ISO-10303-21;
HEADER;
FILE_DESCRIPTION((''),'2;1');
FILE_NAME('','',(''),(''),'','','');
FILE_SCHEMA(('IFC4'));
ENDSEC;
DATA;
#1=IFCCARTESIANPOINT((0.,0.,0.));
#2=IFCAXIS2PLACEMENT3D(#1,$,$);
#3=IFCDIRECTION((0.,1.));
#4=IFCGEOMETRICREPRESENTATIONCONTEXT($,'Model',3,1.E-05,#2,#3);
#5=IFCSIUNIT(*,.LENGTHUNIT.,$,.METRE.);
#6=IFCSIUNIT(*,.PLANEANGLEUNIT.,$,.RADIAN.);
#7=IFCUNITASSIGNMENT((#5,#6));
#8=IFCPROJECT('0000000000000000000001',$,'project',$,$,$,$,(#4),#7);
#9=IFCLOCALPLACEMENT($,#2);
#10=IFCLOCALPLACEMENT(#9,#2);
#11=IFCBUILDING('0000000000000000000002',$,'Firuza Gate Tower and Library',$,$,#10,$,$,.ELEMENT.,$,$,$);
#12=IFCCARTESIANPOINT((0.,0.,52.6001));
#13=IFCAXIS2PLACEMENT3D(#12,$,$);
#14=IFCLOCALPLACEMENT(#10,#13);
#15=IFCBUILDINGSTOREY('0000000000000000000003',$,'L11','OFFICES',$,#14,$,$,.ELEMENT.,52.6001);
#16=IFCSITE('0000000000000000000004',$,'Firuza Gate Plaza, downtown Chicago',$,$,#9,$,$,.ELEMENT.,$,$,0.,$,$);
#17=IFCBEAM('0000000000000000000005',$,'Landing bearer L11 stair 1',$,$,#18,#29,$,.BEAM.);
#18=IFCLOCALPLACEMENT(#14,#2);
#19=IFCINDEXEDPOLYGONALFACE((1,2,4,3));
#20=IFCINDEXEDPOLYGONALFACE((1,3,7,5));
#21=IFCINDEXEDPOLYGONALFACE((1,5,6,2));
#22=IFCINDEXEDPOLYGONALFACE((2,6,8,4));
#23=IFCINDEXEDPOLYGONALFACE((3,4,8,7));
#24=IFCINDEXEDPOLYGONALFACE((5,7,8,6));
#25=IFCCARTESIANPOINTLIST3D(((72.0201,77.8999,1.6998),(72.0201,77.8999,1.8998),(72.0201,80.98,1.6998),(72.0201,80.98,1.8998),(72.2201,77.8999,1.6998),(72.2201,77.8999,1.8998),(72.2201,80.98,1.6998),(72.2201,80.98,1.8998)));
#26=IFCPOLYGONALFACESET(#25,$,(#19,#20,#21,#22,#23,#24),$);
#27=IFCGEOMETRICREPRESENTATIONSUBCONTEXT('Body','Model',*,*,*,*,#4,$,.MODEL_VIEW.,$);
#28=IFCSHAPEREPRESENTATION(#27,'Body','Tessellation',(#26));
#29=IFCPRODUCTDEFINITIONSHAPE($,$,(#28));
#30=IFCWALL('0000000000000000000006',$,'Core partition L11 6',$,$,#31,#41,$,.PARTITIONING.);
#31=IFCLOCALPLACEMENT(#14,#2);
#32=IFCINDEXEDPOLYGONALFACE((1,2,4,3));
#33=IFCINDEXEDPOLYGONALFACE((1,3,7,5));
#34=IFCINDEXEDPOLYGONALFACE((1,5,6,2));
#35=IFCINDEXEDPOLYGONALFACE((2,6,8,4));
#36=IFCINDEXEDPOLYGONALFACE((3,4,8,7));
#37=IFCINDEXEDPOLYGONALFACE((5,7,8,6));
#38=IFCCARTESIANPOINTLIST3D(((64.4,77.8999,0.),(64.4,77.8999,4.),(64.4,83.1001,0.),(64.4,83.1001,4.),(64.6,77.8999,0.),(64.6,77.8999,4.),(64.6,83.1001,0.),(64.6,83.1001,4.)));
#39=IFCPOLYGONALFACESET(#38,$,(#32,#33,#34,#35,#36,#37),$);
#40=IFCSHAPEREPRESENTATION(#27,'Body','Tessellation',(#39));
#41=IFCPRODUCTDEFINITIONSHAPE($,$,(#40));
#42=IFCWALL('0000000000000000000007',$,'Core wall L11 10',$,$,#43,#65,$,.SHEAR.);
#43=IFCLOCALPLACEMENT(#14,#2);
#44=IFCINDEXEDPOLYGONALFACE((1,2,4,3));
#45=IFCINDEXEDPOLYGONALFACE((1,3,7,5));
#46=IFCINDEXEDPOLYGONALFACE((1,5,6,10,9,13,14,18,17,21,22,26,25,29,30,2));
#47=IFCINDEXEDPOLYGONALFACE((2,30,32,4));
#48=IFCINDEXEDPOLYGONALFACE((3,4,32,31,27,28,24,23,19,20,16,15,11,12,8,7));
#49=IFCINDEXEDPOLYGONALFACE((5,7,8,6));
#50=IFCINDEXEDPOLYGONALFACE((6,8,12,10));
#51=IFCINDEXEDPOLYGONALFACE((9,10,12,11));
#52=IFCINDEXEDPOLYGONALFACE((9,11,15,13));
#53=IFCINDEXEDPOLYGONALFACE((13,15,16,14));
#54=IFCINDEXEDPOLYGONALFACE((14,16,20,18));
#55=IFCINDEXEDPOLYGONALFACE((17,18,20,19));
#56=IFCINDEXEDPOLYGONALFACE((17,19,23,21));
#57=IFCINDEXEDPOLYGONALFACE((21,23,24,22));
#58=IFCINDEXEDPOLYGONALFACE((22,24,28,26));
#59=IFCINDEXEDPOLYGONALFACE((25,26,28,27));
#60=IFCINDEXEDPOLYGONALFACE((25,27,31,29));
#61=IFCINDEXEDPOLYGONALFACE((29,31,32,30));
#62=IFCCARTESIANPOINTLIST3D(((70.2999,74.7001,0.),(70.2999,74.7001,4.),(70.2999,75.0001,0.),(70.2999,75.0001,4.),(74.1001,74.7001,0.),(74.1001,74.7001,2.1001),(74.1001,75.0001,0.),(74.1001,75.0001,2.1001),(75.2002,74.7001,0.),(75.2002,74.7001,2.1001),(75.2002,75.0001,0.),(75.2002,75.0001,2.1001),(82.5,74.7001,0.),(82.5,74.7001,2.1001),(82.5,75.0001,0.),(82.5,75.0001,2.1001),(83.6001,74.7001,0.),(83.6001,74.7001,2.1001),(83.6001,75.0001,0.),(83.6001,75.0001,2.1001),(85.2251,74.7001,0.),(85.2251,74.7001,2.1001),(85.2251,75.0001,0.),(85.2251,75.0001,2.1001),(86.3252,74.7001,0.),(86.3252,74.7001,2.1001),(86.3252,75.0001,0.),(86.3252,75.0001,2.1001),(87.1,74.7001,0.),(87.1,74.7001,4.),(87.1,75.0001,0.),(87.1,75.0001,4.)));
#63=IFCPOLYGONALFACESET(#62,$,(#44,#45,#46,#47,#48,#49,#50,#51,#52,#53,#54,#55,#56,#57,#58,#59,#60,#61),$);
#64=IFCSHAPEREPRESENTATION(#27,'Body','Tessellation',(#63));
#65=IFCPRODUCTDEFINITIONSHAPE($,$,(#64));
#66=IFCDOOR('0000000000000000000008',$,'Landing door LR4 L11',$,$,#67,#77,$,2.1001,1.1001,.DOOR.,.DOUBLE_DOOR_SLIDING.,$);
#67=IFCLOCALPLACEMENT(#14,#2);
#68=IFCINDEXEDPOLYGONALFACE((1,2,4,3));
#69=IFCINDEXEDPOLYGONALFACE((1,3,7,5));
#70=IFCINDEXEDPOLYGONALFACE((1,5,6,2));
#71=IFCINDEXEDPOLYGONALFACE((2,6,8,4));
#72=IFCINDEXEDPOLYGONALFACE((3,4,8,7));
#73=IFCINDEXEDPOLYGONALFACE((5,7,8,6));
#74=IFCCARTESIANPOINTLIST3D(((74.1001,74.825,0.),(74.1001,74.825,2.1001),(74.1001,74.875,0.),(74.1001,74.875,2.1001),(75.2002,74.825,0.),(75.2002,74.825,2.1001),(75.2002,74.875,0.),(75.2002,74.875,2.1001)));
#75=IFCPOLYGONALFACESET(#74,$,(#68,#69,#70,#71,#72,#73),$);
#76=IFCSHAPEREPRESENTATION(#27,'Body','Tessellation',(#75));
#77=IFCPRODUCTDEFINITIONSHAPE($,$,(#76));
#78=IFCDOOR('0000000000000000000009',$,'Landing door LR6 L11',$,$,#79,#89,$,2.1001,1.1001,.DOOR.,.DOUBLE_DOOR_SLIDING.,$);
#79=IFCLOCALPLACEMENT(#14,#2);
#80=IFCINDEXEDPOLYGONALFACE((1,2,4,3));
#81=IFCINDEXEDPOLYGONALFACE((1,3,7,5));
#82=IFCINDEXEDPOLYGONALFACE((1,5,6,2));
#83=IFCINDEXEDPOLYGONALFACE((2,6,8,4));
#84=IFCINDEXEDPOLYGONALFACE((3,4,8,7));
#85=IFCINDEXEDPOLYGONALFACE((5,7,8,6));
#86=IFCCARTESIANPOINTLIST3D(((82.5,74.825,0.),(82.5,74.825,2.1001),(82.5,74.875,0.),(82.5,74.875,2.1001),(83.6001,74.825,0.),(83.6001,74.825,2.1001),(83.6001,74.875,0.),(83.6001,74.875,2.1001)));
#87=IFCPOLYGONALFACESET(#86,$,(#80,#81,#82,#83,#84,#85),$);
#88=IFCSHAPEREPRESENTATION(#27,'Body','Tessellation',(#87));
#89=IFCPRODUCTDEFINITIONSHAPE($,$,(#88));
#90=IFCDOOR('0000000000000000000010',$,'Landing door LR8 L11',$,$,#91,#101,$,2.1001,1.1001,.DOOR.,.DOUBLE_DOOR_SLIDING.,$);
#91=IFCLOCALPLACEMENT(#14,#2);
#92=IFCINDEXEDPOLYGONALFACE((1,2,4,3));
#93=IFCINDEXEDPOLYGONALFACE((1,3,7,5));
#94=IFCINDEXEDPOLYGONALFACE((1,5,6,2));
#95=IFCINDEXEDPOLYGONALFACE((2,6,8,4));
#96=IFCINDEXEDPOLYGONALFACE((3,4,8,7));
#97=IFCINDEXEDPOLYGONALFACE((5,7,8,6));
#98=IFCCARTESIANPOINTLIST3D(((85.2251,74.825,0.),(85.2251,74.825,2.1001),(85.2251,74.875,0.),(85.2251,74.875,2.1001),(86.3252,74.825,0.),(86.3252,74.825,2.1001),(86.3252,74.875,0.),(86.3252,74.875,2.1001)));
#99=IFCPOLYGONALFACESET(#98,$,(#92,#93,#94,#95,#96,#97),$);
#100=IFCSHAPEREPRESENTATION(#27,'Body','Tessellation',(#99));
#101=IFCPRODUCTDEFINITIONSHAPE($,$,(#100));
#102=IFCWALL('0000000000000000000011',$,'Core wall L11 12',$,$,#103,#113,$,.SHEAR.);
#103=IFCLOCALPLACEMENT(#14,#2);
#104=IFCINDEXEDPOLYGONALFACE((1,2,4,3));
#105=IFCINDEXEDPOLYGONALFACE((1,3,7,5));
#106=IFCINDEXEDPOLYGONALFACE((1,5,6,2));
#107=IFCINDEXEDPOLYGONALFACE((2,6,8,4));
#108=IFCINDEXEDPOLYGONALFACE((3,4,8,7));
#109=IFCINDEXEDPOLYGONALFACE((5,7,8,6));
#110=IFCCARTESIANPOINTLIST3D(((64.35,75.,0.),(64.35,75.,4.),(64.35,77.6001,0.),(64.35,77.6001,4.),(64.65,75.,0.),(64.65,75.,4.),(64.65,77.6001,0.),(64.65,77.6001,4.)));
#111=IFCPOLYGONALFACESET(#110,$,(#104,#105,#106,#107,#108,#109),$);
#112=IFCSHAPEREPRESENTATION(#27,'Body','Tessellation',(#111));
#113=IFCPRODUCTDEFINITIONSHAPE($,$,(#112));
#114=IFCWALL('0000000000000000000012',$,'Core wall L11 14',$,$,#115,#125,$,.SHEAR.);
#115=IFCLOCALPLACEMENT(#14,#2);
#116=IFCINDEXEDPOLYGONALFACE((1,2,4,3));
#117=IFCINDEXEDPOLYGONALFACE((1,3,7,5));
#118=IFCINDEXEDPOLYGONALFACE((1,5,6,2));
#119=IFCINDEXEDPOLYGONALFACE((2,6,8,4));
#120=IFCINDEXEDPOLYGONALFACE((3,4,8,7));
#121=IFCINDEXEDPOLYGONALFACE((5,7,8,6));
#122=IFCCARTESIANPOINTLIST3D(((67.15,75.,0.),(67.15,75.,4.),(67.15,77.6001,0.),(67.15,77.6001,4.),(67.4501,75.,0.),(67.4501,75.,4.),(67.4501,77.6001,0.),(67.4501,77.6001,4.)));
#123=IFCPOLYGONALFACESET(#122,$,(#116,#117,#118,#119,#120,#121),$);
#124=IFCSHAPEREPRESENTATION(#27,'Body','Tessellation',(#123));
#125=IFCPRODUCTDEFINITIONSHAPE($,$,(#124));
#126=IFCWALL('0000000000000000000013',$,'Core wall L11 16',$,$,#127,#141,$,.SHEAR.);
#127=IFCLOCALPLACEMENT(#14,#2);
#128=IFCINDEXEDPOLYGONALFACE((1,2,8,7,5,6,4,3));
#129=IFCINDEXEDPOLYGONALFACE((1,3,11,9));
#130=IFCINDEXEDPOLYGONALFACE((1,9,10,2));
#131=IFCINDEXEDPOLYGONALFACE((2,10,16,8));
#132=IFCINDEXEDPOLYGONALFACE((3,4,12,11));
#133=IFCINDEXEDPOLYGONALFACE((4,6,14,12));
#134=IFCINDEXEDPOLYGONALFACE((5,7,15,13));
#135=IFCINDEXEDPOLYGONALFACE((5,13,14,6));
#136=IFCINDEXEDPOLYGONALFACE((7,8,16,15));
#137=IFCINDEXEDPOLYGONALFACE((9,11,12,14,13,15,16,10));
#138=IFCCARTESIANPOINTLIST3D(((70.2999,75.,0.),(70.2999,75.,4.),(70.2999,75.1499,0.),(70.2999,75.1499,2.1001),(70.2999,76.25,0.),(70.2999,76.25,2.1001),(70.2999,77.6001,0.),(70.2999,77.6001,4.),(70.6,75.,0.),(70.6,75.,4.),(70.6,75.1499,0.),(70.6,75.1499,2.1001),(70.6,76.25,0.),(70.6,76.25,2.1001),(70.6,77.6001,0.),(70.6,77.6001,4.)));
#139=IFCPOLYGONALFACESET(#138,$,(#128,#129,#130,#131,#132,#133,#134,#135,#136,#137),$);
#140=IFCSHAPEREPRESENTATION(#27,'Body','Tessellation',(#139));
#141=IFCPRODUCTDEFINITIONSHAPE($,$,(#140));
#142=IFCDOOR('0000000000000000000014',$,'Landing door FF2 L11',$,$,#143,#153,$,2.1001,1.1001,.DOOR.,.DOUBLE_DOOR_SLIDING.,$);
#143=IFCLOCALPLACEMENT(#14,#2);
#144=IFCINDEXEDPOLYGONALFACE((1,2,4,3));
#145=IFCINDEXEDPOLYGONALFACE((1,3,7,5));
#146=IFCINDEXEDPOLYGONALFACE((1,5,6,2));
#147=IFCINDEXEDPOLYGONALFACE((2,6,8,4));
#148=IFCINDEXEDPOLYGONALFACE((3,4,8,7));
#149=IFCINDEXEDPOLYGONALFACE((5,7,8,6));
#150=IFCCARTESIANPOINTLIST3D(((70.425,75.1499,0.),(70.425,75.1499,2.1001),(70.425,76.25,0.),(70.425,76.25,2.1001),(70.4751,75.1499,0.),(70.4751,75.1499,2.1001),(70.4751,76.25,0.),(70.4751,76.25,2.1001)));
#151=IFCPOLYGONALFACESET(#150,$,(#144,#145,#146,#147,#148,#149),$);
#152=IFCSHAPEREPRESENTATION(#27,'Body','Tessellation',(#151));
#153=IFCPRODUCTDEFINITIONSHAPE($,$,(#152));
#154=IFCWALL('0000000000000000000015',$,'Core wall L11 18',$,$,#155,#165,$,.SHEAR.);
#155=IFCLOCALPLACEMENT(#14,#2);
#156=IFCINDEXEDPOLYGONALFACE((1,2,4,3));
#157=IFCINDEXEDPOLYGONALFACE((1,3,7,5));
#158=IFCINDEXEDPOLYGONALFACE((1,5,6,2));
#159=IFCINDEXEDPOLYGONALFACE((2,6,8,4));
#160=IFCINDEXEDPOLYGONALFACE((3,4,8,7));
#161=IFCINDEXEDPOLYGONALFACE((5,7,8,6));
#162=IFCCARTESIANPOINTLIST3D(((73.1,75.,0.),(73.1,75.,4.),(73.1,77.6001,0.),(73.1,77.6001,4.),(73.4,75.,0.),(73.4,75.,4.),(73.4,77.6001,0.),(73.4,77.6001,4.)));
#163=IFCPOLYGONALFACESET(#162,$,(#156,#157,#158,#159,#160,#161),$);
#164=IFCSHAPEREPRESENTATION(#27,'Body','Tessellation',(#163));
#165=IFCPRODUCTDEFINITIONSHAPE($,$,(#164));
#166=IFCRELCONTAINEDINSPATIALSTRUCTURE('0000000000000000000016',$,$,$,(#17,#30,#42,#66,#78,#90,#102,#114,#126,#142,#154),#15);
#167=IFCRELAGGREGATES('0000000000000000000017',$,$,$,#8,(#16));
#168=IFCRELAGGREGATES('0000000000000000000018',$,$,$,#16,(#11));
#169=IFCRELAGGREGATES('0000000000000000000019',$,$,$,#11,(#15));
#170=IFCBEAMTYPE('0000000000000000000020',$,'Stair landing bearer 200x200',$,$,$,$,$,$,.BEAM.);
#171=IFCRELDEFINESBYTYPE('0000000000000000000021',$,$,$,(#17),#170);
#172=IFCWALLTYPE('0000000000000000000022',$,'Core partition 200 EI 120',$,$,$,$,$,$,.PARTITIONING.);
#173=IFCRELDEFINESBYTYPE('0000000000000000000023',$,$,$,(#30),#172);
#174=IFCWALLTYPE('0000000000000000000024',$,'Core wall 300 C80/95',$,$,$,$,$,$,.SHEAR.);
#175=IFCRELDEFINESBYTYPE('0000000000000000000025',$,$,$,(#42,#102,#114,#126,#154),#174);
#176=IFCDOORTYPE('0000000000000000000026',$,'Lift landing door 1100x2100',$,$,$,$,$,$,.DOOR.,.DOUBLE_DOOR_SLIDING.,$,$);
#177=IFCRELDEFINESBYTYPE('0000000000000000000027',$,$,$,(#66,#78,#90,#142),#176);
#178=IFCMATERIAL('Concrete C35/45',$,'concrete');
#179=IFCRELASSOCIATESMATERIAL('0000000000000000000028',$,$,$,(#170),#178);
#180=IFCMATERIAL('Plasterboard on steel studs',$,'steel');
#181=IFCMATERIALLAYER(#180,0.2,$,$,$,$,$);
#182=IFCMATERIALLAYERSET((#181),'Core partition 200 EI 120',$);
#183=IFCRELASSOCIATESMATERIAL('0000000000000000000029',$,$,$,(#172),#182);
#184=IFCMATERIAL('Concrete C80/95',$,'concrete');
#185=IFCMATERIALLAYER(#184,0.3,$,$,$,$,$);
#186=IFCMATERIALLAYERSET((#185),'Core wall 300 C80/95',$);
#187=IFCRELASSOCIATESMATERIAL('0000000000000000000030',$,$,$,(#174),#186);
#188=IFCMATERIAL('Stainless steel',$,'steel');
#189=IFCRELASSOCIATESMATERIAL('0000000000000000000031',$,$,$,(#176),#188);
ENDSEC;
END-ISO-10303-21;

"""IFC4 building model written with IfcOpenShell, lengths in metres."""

from ifc_helpers import new_model, si_unit, direction, frame, frame_2d, origin, origin_2d, place, context, subcontext, project, spatial, rectangle, extrude, material, layer, layer_set, material_profile, profile_set, type_object, element, fill, save


model = new_model("IFC4")

# Units and contexts
model_context = context("Model", 3, precision=1e-05, world=origin(), true_north=direction((0.0, 1.0)))
body_context = subcontext(model_context, "Body", "Model", "MODEL_VIEW")
ifc_project = project(units=[si_unit("LENGTHUNIT", "METRE"), si_unit("PLANEANGLEUNIT", "RADIAN")], contexts=[model_context])

# Site, building, storey
site_placement = place(None, origin())
site = spatial("IfcSite", under=ifc_project, at=site_placement, Name="Firuza Gate Plaza, downtown Chicago", CompositionType="ELEMENT", RefElevation=0.0)
building_placement = place(site_placement, origin())
building = spatial("IfcBuilding", under=site, at=building_placement, Name="Firuza Gate Tower and Library", CompositionType="ELEMENT")
storey_placement = place(building_placement, frame((0.0, 0.0, 52.6001)))
storey = spatial("IfcBuildingStorey", under=building, at=storey_placement, Name="L11", Description="OFFICES", CompositionType="ELEMENT", Elevation=52.6001)

# Beam
ifc_material_1 = material(Name="Concrete C35/45", Category="concrete")
ifc_material_profile = material_profile(ifc_material_1, rectangle(XDim=0.2, YDim=0.2, at=origin_2d()))
ifc_profile_set = profile_set([ifc_material_profile], Name="Concrete C35/45")
beam_type = type_object("IfcBeamType", Name="Stair landing bearer 200x200", PredefinedType="BEAM", material=ifc_profile_set)
beam_placement = place(storey_placement, frame((72.1201, 77.8999, 1.7998), z_axis=(0.0, 1.0, 0.0), x_axis=(-1.0, 0.0, 0.0)))
element("IfcBeam", 1, at=beam_placement, inside=storey, type_object=beam_type, Name="Landing bearer L11 stair 1", PredefinedType="BEAM", context=body_context, shape_type="SweptSolid", body=[
    extrude(rectangle(XDim=0.2, YDim=0.2, at=origin_2d()), origin(), (0.0, 0.0, 1.0), 3.0801),
])

# Wall
ifc_material_2 = material(Name="Plasterboard on steel studs", Category="steel")
ifc_layer_1 = layer(ifc_material_2, 0.2)
ifc_layer_set_1 = layer_set([ifc_layer_1], Name="Core partition 200 EI 120")
wall_type_1 = type_object("IfcWallType", Name="Core partition 200 EI 120", PredefinedType="PARTITIONING", material=ifc_layer_set_1)
wall_1_placement = place(storey_placement, frame((64.5, 77.8999, 0.0), z_axis=(0.0, 0.0, 1.0), x_axis=(0.0, 1.0, 0.0)))
element("IfcWall", 2, at=wall_1_placement, inside=storey, type_object=wall_type_1, Name="Core partition L11 6", PredefinedType="PARTITIONING", context=body_context, shape_type="SweptSolid", body=[
    extrude(rectangle(XDim=5.2002, YDim=0.2, at=frame_2d((2.6001, 0.0))), origin(), (0.0, 0.0, 1.0), 4.0),
])

# Wall, openings, doors
ifc_material_3 = material(Name="Concrete C80/95", Category="concrete")
ifc_layer_2 = layer(ifc_material_3, 0.3)
ifc_layer_set_2 = layer_set([ifc_layer_2], Name="Core wall 300 C80/95")
wall_type_2 = type_object("IfcWallType", Name="Core wall 300 C80/95", PredefinedType="SHEAR", material=ifc_layer_set_2)
wall_2_placement = place(storey_placement, frame((70.3, 74.8501, 0.0), z_axis=(0.0, 0.0, 1.0), x_axis=(1.0, 0.0, 0.0)))
wall_2 = element("IfcWall", 3, at=wall_2_placement, inside=storey, type_object=wall_type_2, Name="Core wall L11 10", PredefinedType="SHEAR", context=body_context, shape_type="SweptSolid", body=[
    extrude(rectangle(XDim=16.8, YDim=0.3, at=frame_2d((8.3999, 0.0))), origin(), (0.0, 0.0, 1.0), 4.0),
])
opening_1_placement = place(wall_2_placement, frame((3.8, 0.0, 0.0)))
opening_1 = element("IfcOpeningElement", 4, at=opening_1_placement, cuts=wall_2, PredefinedType="OPENING", context=body_context, shape_type="SweptSolid", body=[
    extrude(rectangle(XDim=1.1001, YDim=2.1001, at=frame_2d((0.55, 1.05))), frame((0.0, 0.1602, 0.0), z_axis=(0.0, -1.0, 0.0), x_axis=(1.0, 0.0, 0.0)), (0.0, 0.0, 1.0), 0.3201),
])
opening_2_placement = place(wall_2_placement, frame((12.2, 0.0, 0.0)))
opening_2 = element("IfcOpeningElement", 5, at=opening_2_placement, cuts=wall_2, PredefinedType="OPENING", context=body_context, shape_type="SweptSolid", body=[
    extrude(rectangle(XDim=1.1001, YDim=2.1001, at=frame_2d((0.55, 1.05))), frame((0.0, 0.1602, 0.0), z_axis=(0.0, -1.0, 0.0), x_axis=(1.0, 0.0, 0.0)), (0.0, 0.0, 1.0), 0.3201),
])
opening_3_placement = place(wall_2_placement, frame((14.925, 0.0, 0.0)))
opening_3 = element("IfcOpeningElement", 6, at=opening_3_placement, cuts=wall_2, PredefinedType="OPENING", context=body_context, shape_type="SweptSolid", body=[
    extrude(rectangle(XDim=1.1001, YDim=2.1001, at=frame_2d((0.55, 1.05))), frame((0.0, 0.1602, 0.0), z_axis=(0.0, -1.0, 0.0), x_axis=(1.0, 0.0, 0.0)), (0.0, 0.0, 1.0), 0.3201),
])
ifc_material_4 = material(Name="Stainless steel", Category="steel")
door_type_1 = type_object("IfcDoorType", Name="Lift landing door 1100x2100", OperationType="DOUBLE_DOOR_SLIDING", PredefinedType="DOOR", material=ifc_material_4)
door_1_placement = place(opening_1_placement, origin())
door_1 = element("IfcDoor", 7, at=door_1_placement, inside=storey, type_object=door_type_1, Name="Landing door LR4 L11", OperationType="DOUBLE_DOOR_SLIDING", OverallHeight=2.1001, OverallWidth=1.1001, PredefinedType="DOOR", context=body_context, shape_type="SweptSolid", body=[
    extrude(rectangle(XDim=1.1001, YDim=2.1001, at=frame_2d((0.55, 1.05))), frame((0.0, 0.0249, 0.0), z_axis=(0.0, -1.0, 0.0), x_axis=(1.0, 0.0, 0.0)), (0.0, 0.0, 1.0), 0.05),
])
fill(opening_1, door_1)
door_2_placement = place(opening_2_placement, origin())
door_2 = element("IfcDoor", 8, at=door_2_placement, inside=storey, type_object=door_type_1, Name="Landing door LR6 L11", OperationType="DOUBLE_DOOR_SLIDING", OverallHeight=2.1001, OverallWidth=1.1001, PredefinedType="DOOR", context=body_context, shape_type="SweptSolid", body=[
    extrude(rectangle(XDim=1.1001, YDim=2.1001, at=frame_2d((0.55, 1.05))), frame((0.0, 0.0249, 0.0), z_axis=(0.0, -1.0, 0.0), x_axis=(1.0, 0.0, 0.0)), (0.0, 0.0, 1.0), 0.05),
])
fill(opening_2, door_2)
door_3_placement = place(opening_3_placement, origin())
door_3 = element("IfcDoor", 9, at=door_3_placement, inside=storey, type_object=door_type_1, Name="Landing door LR8 L11", OperationType="DOUBLE_DOOR_SLIDING", OverallHeight=2.1001, OverallWidth=1.1001, PredefinedType="DOOR", context=body_context, shape_type="SweptSolid", body=[
    extrude(rectangle(XDim=1.1001, YDim=2.1001, at=frame_2d((0.55, 1.05))), frame((0.0, 0.0249, 0.0), z_axis=(0.0, -1.0, 0.0), x_axis=(1.0, 0.0, 0.0)), (0.0, 0.0, 1.0), 0.05),
])
fill(opening_3, door_3)

# Walls
for number, where, z_axis, x_axis, name in (
    (10, (64.5, 75.0, 0.0), (0.0, 0.0, 1.0), (0.0, 1.0, 0.0), "Core wall L11 12"),
    (11, (67.3, 75.0, 0.0), (0.0, 0.0, 1.0), (0.0, 1.0, 0.0), "Core wall L11 14"),
):
    element("IfcWall", number, at=place(storey_placement, frame(where, z_axis=z_axis, x_axis=x_axis)), inside=storey, type_object=wall_type_2, Name=name, PredefinedType="SHEAR", context=body_context, shape_type="SweptSolid", body=[
        extrude(rectangle(XDim=2.6001, YDim=0.3, at=frame_2d((1.3, 0.0))), origin(), (0.0, 0.0, 1.0), 4.0),
    ])

# Wall, opening, door
wall_3_placement = place(storey_placement, frame((70.45, 75.0, 0.0), z_axis=(0.0, 0.0, 1.0), x_axis=(0.0, 1.0, 0.0)))
wall_3 = element("IfcWall", 12, at=wall_3_placement, inside=storey, type_object=wall_type_2, Name="Core wall L11 16", PredefinedType="SHEAR", context=body_context, shape_type="SweptSolid", body=[
    extrude(rectangle(XDim=2.6001, YDim=0.3, at=frame_2d((1.3, 0.0))), origin(), (0.0, 0.0, 1.0), 4.0),
])
opening_4_placement = place(wall_3_placement, frame((0.1499, 0.0, 0.0)))
opening_4 = element("IfcOpeningElement", 13, at=opening_4_placement, cuts=wall_3, PredefinedType="OPENING", context=body_context, shape_type="SweptSolid", body=[
    extrude(rectangle(XDim=1.1001, YDim=2.1001, at=frame_2d((0.55, 1.05))), frame((0.0, 0.1602, 0.0), z_axis=(0.0, -1.0, 0.0), x_axis=(1.0, 0.0, 0.0)), (0.0, 0.0, 1.0), 0.3201),
])
door_4_placement = place(opening_4_placement, origin())
door_4 = element("IfcDoor", 14, at=door_4_placement, inside=storey, type_object=door_type_1, Name="Landing door FF2 L11", OperationType="DOUBLE_DOOR_SLIDING", OverallHeight=2.1001, OverallWidth=1.1001, PredefinedType="DOOR", context=body_context, shape_type="SweptSolid", body=[
    extrude(rectangle(XDim=1.1001, YDim=2.1001, at=frame_2d((0.55, 1.05))), frame((0.0, 0.0249, 0.0), z_axis=(0.0, -1.0, 0.0), x_axis=(1.0, 0.0, 0.0)), (0.0, 0.0, 1.0), 0.05),
])
fill(opening_4, door_4)

# Wall
wall_4_placement = place(storey_placement, frame((73.25, 75.0, 0.0), z_axis=(0.0, 0.0, 1.0), x_axis=(0.0, 1.0, 0.0)))
element("IfcWall", 15, at=wall_4_placement, inside=storey, type_object=wall_type_2, Name="Core wall L11 18", PredefinedType="SHEAR", context=body_context, shape_type="SweptSolid", body=[
    extrude(rectangle(XDim=2.6001, YDim=0.3, at=frame_2d((1.3, 0.0))), origin(), (0.0, 0.0, 1.0), 4.0),
])

save(model, "model.ifc")
